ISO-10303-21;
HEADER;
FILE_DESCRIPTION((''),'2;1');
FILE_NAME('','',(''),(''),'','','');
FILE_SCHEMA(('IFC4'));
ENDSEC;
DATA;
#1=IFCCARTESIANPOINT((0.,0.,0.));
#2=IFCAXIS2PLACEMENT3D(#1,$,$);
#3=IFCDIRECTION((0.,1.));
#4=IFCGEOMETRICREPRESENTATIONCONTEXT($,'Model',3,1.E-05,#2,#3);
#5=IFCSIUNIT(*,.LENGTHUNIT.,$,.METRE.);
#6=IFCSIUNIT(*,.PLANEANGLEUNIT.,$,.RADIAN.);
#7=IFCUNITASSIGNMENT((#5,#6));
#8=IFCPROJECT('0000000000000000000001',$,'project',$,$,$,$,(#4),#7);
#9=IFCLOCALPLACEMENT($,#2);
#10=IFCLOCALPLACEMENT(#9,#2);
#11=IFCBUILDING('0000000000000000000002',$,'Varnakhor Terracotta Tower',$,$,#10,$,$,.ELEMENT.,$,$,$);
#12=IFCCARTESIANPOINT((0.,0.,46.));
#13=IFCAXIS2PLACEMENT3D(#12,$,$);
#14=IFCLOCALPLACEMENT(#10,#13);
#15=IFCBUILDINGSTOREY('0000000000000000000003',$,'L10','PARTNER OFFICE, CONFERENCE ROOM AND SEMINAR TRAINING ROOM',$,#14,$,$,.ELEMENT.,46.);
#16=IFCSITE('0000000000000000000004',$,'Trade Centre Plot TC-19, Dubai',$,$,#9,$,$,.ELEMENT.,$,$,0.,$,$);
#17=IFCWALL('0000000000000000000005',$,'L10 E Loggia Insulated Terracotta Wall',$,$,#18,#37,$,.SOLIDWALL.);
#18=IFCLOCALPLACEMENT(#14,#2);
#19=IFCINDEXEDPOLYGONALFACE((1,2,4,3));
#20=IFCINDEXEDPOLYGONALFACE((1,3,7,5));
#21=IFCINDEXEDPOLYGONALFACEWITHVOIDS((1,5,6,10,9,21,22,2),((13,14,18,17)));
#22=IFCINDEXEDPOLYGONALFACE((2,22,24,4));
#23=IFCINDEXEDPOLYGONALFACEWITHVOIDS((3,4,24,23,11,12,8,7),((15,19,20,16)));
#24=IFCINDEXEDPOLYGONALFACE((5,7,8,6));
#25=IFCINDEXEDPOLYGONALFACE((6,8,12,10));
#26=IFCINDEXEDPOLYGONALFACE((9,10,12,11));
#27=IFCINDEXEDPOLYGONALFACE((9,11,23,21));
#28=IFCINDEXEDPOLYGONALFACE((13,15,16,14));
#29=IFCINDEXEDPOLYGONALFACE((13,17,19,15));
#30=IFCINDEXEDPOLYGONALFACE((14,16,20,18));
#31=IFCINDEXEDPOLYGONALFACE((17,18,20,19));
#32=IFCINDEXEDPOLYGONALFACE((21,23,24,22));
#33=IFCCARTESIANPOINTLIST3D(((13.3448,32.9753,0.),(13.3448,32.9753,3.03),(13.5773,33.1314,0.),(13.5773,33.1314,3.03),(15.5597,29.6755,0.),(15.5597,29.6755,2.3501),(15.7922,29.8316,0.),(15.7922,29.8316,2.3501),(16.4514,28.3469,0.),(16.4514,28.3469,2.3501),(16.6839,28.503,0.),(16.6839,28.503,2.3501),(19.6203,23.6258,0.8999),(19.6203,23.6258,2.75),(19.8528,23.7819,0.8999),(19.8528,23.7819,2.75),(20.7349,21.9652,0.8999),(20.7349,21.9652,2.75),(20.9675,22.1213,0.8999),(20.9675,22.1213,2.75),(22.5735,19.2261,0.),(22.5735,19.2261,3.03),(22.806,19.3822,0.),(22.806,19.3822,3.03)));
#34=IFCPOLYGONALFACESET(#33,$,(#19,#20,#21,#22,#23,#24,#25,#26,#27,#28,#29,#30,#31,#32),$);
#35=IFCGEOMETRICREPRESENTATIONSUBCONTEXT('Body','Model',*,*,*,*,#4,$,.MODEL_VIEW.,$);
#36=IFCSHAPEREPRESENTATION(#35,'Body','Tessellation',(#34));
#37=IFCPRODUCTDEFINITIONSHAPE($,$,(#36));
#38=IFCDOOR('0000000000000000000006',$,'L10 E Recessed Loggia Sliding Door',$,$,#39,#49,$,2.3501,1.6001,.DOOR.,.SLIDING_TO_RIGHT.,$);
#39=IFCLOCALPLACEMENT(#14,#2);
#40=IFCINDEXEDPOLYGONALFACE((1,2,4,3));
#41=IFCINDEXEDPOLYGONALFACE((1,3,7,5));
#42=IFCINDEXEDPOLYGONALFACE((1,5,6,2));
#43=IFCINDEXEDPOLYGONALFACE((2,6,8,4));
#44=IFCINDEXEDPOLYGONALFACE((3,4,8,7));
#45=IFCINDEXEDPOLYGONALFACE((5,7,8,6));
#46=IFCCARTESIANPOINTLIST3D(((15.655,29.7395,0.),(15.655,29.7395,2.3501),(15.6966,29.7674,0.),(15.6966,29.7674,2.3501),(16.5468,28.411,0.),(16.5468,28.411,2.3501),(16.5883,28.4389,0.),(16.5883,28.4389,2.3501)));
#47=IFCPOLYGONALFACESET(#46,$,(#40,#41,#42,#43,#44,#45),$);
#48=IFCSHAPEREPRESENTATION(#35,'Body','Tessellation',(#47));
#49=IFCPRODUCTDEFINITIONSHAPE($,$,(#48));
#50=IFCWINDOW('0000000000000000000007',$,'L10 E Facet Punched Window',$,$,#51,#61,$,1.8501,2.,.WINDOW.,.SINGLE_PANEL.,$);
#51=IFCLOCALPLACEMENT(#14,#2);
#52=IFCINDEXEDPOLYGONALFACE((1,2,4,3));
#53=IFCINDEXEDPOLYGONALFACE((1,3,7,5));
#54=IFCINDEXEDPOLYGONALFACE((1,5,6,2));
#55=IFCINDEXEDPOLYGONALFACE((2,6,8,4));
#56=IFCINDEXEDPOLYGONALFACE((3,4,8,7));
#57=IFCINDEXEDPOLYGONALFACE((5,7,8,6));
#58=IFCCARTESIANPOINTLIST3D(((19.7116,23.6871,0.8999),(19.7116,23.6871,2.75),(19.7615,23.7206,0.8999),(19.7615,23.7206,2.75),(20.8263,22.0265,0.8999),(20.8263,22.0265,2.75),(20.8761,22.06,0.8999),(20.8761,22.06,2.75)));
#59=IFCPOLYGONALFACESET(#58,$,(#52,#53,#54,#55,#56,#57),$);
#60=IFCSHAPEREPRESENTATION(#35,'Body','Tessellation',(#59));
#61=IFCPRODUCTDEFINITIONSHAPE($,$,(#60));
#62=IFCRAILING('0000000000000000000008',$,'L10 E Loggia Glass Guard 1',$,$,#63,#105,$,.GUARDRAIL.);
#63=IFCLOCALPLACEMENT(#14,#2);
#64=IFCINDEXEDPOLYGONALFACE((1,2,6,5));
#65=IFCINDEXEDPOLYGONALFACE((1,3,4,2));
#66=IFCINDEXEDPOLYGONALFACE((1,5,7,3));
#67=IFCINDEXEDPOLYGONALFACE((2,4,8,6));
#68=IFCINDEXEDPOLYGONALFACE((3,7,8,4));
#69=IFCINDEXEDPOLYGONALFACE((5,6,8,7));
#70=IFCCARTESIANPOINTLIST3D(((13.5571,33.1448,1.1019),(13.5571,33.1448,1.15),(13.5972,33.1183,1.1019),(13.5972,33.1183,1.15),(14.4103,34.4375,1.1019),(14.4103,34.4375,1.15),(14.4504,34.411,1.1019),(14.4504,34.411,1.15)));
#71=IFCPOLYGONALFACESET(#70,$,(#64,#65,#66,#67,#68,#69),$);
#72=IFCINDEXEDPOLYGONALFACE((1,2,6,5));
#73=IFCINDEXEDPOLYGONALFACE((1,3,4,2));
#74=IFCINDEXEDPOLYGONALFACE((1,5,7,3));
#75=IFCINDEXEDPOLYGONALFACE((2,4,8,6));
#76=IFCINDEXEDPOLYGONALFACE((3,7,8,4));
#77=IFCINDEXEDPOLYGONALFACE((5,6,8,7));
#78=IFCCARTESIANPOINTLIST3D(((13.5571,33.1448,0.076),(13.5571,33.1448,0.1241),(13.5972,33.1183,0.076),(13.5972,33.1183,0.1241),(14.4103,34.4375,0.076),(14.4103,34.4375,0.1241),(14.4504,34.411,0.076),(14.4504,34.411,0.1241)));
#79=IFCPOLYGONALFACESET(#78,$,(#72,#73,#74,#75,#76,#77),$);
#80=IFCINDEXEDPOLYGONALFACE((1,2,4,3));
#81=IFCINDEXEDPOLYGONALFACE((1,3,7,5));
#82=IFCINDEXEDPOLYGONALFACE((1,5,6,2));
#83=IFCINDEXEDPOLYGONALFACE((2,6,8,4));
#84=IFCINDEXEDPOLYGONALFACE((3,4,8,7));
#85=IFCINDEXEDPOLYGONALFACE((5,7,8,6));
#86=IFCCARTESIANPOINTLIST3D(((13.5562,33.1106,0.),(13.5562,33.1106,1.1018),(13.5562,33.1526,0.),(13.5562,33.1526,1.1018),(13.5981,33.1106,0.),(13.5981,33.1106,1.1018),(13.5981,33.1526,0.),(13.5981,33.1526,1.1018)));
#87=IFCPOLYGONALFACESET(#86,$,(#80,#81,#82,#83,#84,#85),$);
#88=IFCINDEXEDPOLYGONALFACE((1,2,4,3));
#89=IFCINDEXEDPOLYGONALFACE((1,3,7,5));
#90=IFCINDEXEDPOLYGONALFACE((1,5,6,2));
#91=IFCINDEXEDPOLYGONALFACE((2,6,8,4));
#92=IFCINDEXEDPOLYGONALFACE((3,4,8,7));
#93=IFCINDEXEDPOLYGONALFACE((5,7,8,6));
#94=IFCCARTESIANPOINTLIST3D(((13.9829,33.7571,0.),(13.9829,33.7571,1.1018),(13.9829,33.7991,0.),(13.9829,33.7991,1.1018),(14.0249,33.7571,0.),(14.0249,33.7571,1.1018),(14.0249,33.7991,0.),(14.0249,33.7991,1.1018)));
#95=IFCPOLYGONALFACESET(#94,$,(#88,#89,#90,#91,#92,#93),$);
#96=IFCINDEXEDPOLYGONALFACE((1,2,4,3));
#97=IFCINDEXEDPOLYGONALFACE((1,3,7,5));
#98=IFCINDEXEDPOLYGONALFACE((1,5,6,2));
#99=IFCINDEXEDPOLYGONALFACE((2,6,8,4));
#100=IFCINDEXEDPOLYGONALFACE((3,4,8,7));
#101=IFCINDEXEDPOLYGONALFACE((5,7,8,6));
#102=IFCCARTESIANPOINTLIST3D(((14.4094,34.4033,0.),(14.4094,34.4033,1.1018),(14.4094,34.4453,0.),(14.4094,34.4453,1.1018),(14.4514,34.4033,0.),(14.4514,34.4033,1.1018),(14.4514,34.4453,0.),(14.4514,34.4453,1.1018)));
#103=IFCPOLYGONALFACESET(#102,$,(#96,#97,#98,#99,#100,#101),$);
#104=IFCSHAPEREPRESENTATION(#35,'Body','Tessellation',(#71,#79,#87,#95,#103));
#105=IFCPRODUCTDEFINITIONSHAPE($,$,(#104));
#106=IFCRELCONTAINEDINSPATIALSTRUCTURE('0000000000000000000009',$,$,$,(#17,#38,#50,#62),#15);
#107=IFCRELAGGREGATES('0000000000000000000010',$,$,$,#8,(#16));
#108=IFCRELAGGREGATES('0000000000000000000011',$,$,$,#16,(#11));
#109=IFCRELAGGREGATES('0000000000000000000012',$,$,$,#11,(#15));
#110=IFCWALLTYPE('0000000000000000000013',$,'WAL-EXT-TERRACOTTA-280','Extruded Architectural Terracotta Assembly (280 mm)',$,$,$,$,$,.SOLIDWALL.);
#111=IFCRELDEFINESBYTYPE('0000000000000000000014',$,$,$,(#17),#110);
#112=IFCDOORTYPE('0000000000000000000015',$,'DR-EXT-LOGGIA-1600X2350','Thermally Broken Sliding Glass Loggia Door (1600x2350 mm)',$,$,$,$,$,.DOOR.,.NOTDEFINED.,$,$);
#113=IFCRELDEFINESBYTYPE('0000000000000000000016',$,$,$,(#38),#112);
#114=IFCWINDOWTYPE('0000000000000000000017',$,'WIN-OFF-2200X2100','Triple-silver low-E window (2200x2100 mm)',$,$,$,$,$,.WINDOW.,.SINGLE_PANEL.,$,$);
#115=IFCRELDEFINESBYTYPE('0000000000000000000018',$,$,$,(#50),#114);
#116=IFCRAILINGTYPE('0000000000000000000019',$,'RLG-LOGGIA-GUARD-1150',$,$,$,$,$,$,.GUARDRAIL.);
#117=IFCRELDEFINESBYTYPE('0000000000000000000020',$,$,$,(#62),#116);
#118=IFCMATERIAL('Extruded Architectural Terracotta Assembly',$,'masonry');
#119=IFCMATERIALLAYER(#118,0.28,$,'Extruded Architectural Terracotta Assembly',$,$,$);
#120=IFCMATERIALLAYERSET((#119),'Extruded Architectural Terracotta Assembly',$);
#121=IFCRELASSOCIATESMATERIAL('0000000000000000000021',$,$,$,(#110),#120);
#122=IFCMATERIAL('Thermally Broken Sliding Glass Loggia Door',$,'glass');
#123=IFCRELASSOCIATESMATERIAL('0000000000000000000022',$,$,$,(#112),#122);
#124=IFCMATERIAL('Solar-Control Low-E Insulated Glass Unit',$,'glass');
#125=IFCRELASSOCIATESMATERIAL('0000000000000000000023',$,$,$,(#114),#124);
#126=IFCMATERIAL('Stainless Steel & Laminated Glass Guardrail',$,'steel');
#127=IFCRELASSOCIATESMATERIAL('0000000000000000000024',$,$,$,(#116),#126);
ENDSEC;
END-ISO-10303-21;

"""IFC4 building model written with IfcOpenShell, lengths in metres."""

from ifc_helpers import new_model, si_unit, direction, frame, frame_2d, origin, origin_2d, place, context, subcontext, project, spatial, rectangle, extrude, source, transform, mapped, material, layer, layer_set, type_object, type_shapes, element, fill, save


model = new_model("IFC4")

# Units and contexts
model_context = context("Model", 3, precision=1e-05, world=origin(), true_north=direction((0.0, 1.0)))
body_context = subcontext(model_context, "Body", "Model", "MODEL_VIEW")
ifc_project = project(units=[si_unit("LENGTHUNIT", "METRE"), si_unit("PLANEANGLEUNIT", "RADIAN")], contexts=[model_context])

# Site, building, storey
site_placement = place(None, origin())
site = spatial("IfcSite", under=ifc_project, at=site_placement, Name="Trade Centre Plot TC-19, Dubai", CompositionType="ELEMENT", RefElevation=0.0)
building_placement = place(site_placement, origin())
building = spatial("IfcBuilding", under=site, at=building_placement, Name="Varnakhor Terracotta Tower", CompositionType="ELEMENT")
storey_placement = place(building_placement, frame((0.0, 0.0, 46.0)))
storey = spatial("IfcBuildingStorey", under=building, at=storey_placement, Name="L10", Description="PARTNER OFFICE, CONFERENCE ROOM AND SEMINAR TRAINING ROOM", CompositionType="ELEMENT", Elevation=46.0)

# Wall, openings, door, window
ifc_material_1 = material(Name="Extruded Architectural Terracotta Assembly", Category="masonry")
ifc_layer_1 = layer(ifc_material_1, 0.28, Name="Extruded Architectural Terracotta Assembly")
ifc_layer_set_1 = layer_set([ifc_layer_1], Name="Extruded Architectural Terracotta Assembly")
wall_type = type_object("IfcWallType", Name="WAL-EXT-TERRACOTTA-280", Description="Extruded Architectural Terracotta Assembly (280 mm)", PredefinedType="SOLIDWALL", material=ifc_layer_set_1)
wall_placement = place(storey_placement, frame((13.4609, 33.0535, 0.0), z_axis=(0.0, 0.0, 1.0), x_axis=(0.557314, -0.830302, 0.0)))
wall = element("IfcWall", 1, at=wall_placement, inside=storey, type_object=wall_type, Name="L10 E Loggia Insulated Terracotta Wall", PredefinedType="SOLIDWALL", context=body_context, shape_type="SweptSolid", body=[
    extrude(rectangle(XDim=16.5593, YDim=0.28, at=frame_2d((8.2798, 0.0))), origin(), (0.0, 0.0, 1.0), 3.03),
])
opening_1_placement = place(wall_placement, frame((3.9744, 0.0, 0.0)))
opening_1 = element("IfcOpeningElement", 2, at=opening_1_placement, cuts=wall, PredefinedType="OPENING", context=body_context, shape_type="SweptSolid", body=[
    extrude(rectangle(XDim=1.6001, YDim=2.3501, at=frame_2d((0.8, 1.175))), frame((0.0, 0.1499, 0.0), z_axis=(0.0, -1.0, 0.0), x_axis=(1.0, 0.0, 0.0)), (0.0, 0.0, 1.0), 0.3),
])
opening_2_placement = place(wall_placement, frame((11.2605, 0.0, 0.8999)))
opening_2 = element("IfcOpeningElement", 3, at=opening_2_placement, cuts=wall, PredefinedType="OPENING", context=body_context, shape_type="SweptSolid", body=[
    extrude(rectangle(XDim=2.0, YDim=1.8501, at=frame_2d((1.0, 0.925))), frame((0.0, 0.1499, 0.0), z_axis=(0.0, -1.0, 0.0), x_axis=(1.0, 0.0, 0.0)), (0.0, 0.0, 1.0), 0.3),
])
ifc_material_2 = material(Name="Thermally Broken Sliding Glass Loggia Door", Category="glass")
door_type = type_object("IfcDoorType", Name="DR-EXT-LOGGIA-1600X2350", Description="Thermally Broken Sliding Glass Loggia Door (1600x2350 mm)", OperationType="NOTDEFINED", PredefinedType="DOOR", material=ifc_material_2)
shared_shape_1 = source(origin(), body_context, "Body", "SweptSolid", [
    extrude(rectangle(XDim=1.6001, YDim=2.3501, at=frame_2d((0.8, 1.175))), frame((0.0, 0.0249, 0.0), z_axis=(0.0, -1.0, 0.0), x_axis=(1.0, 0.0, 0.0)), (0.0, 0.0, 1.0), 0.05),
])
type_shapes(door_type, [shared_shape_1])
door_placement = place(opening_1_placement, origin())
door = element("IfcDoor", 4, at=door_placement, inside=storey, type_object=door_type, Name="L10 E Recessed Loggia Sliding Door", OperationType="SLIDING_TO_RIGHT", OverallHeight=2.3501, OverallWidth=1.6001, PredefinedType="DOOR", context=body_context, shape_type="MappedRepresentation", body=[
    mapped(shared_shape_1, transform((0.0, 0.0, 0.0), scale=1.0)),
])
fill(opening_1, door)
ifc_material_3 = material(Name="Solar-Control Low-E Insulated Glass Unit", Category="glass")
window_type = type_object("IfcWindowType", Name="WIN-OFF-2200X2100", Description="Triple-silver low-E window (2200x2100 mm)", PartitioningType="SINGLE_PANEL", PredefinedType="WINDOW", material=ifc_material_3)
shared_shape_2 = source(origin(), body_context, "Body", "SweptSolid", [
    extrude(rectangle(XDim=2.0, YDim=1.8501, at=frame_2d((1.0, 0.925))), frame((0.0, 0.03, 0.0), z_axis=(0.0, -1.0, 0.0), x_axis=(1.0, 0.0, 0.0)), (0.0, 0.0, 1.0), 0.0601),
])
type_shapes(window_type, [shared_shape_2])
window_placement = place(opening_2_placement, origin())
window = element("IfcWindow", 5, at=window_placement, inside=storey, type_object=window_type, Name="L10 E Facet Punched Window", OverallHeight=1.8501, OverallWidth=2.0, PartitioningType="SINGLE_PANEL", PredefinedType="WINDOW", context=body_context, shape_type="MappedRepresentation", body=[
    mapped(shared_shape_2, transform((0.0, 0.0, 0.0), scale=1.0)),
])
fill(opening_2, window)

# Railing
ifc_material_4 = material(Name="Stainless Steel & Laminated Glass Guardrail", Category="steel")
railing_type = type_object("IfcRailingType", Name="RLG-LOGGIA-GUARD-1150", PredefinedType="GUARDRAIL", material=ifc_material_4)
railing_1_placement = place(storey_placement, frame((13.5771, 33.1316, 0.0)))
element("IfcRailing", 6, at=railing_1_placement, inside=storey, type_object=railing_type, Name="L10 E Loggia Glass Guard 1", PredefinedType="GUARDRAIL", context=body_context, shape_type="SweptSolid", body=[
    extrude(rectangle(XDim=0.0481, YDim=0.0481, at=origin_2d()), frame((0.0, 0.0, 1.126), z_axis=(0.550875, 0.834588, 0.0), x_axis=(-0.834588, 0.550875, 0.0)), (0.0, 0.0, 1.0), 1.5488),
    extrude(rectangle(XDim=0.0481, YDim=0.0481, at=origin_2d()), frame((0.0, 0.0, 0.1001), z_axis=(0.550875, 0.834588, 0.0), x_axis=(-0.834588, 0.550875, 0.0)), (0.0, 0.0, 1.0), 1.5488),
    extrude(rectangle(XDim=0.042, YDim=0.042, at=origin_2d()), origin(), (0.0, 0.0, 1.0), 1.1018),
    extrude(rectangle(XDim=0.042, YDim=0.042, at=origin_2d()), frame((0.4268, 0.6465, 0.0)), (0.0, 0.0, 1.0), 1.1018),
    extrude(rectangle(XDim=0.042, YDim=0.042, at=origin_2d()), frame((0.8533, 1.2927, 0.0)), (0.0, 0.0, 1.0), 1.1018),
])

save(model, "model.ifc")
